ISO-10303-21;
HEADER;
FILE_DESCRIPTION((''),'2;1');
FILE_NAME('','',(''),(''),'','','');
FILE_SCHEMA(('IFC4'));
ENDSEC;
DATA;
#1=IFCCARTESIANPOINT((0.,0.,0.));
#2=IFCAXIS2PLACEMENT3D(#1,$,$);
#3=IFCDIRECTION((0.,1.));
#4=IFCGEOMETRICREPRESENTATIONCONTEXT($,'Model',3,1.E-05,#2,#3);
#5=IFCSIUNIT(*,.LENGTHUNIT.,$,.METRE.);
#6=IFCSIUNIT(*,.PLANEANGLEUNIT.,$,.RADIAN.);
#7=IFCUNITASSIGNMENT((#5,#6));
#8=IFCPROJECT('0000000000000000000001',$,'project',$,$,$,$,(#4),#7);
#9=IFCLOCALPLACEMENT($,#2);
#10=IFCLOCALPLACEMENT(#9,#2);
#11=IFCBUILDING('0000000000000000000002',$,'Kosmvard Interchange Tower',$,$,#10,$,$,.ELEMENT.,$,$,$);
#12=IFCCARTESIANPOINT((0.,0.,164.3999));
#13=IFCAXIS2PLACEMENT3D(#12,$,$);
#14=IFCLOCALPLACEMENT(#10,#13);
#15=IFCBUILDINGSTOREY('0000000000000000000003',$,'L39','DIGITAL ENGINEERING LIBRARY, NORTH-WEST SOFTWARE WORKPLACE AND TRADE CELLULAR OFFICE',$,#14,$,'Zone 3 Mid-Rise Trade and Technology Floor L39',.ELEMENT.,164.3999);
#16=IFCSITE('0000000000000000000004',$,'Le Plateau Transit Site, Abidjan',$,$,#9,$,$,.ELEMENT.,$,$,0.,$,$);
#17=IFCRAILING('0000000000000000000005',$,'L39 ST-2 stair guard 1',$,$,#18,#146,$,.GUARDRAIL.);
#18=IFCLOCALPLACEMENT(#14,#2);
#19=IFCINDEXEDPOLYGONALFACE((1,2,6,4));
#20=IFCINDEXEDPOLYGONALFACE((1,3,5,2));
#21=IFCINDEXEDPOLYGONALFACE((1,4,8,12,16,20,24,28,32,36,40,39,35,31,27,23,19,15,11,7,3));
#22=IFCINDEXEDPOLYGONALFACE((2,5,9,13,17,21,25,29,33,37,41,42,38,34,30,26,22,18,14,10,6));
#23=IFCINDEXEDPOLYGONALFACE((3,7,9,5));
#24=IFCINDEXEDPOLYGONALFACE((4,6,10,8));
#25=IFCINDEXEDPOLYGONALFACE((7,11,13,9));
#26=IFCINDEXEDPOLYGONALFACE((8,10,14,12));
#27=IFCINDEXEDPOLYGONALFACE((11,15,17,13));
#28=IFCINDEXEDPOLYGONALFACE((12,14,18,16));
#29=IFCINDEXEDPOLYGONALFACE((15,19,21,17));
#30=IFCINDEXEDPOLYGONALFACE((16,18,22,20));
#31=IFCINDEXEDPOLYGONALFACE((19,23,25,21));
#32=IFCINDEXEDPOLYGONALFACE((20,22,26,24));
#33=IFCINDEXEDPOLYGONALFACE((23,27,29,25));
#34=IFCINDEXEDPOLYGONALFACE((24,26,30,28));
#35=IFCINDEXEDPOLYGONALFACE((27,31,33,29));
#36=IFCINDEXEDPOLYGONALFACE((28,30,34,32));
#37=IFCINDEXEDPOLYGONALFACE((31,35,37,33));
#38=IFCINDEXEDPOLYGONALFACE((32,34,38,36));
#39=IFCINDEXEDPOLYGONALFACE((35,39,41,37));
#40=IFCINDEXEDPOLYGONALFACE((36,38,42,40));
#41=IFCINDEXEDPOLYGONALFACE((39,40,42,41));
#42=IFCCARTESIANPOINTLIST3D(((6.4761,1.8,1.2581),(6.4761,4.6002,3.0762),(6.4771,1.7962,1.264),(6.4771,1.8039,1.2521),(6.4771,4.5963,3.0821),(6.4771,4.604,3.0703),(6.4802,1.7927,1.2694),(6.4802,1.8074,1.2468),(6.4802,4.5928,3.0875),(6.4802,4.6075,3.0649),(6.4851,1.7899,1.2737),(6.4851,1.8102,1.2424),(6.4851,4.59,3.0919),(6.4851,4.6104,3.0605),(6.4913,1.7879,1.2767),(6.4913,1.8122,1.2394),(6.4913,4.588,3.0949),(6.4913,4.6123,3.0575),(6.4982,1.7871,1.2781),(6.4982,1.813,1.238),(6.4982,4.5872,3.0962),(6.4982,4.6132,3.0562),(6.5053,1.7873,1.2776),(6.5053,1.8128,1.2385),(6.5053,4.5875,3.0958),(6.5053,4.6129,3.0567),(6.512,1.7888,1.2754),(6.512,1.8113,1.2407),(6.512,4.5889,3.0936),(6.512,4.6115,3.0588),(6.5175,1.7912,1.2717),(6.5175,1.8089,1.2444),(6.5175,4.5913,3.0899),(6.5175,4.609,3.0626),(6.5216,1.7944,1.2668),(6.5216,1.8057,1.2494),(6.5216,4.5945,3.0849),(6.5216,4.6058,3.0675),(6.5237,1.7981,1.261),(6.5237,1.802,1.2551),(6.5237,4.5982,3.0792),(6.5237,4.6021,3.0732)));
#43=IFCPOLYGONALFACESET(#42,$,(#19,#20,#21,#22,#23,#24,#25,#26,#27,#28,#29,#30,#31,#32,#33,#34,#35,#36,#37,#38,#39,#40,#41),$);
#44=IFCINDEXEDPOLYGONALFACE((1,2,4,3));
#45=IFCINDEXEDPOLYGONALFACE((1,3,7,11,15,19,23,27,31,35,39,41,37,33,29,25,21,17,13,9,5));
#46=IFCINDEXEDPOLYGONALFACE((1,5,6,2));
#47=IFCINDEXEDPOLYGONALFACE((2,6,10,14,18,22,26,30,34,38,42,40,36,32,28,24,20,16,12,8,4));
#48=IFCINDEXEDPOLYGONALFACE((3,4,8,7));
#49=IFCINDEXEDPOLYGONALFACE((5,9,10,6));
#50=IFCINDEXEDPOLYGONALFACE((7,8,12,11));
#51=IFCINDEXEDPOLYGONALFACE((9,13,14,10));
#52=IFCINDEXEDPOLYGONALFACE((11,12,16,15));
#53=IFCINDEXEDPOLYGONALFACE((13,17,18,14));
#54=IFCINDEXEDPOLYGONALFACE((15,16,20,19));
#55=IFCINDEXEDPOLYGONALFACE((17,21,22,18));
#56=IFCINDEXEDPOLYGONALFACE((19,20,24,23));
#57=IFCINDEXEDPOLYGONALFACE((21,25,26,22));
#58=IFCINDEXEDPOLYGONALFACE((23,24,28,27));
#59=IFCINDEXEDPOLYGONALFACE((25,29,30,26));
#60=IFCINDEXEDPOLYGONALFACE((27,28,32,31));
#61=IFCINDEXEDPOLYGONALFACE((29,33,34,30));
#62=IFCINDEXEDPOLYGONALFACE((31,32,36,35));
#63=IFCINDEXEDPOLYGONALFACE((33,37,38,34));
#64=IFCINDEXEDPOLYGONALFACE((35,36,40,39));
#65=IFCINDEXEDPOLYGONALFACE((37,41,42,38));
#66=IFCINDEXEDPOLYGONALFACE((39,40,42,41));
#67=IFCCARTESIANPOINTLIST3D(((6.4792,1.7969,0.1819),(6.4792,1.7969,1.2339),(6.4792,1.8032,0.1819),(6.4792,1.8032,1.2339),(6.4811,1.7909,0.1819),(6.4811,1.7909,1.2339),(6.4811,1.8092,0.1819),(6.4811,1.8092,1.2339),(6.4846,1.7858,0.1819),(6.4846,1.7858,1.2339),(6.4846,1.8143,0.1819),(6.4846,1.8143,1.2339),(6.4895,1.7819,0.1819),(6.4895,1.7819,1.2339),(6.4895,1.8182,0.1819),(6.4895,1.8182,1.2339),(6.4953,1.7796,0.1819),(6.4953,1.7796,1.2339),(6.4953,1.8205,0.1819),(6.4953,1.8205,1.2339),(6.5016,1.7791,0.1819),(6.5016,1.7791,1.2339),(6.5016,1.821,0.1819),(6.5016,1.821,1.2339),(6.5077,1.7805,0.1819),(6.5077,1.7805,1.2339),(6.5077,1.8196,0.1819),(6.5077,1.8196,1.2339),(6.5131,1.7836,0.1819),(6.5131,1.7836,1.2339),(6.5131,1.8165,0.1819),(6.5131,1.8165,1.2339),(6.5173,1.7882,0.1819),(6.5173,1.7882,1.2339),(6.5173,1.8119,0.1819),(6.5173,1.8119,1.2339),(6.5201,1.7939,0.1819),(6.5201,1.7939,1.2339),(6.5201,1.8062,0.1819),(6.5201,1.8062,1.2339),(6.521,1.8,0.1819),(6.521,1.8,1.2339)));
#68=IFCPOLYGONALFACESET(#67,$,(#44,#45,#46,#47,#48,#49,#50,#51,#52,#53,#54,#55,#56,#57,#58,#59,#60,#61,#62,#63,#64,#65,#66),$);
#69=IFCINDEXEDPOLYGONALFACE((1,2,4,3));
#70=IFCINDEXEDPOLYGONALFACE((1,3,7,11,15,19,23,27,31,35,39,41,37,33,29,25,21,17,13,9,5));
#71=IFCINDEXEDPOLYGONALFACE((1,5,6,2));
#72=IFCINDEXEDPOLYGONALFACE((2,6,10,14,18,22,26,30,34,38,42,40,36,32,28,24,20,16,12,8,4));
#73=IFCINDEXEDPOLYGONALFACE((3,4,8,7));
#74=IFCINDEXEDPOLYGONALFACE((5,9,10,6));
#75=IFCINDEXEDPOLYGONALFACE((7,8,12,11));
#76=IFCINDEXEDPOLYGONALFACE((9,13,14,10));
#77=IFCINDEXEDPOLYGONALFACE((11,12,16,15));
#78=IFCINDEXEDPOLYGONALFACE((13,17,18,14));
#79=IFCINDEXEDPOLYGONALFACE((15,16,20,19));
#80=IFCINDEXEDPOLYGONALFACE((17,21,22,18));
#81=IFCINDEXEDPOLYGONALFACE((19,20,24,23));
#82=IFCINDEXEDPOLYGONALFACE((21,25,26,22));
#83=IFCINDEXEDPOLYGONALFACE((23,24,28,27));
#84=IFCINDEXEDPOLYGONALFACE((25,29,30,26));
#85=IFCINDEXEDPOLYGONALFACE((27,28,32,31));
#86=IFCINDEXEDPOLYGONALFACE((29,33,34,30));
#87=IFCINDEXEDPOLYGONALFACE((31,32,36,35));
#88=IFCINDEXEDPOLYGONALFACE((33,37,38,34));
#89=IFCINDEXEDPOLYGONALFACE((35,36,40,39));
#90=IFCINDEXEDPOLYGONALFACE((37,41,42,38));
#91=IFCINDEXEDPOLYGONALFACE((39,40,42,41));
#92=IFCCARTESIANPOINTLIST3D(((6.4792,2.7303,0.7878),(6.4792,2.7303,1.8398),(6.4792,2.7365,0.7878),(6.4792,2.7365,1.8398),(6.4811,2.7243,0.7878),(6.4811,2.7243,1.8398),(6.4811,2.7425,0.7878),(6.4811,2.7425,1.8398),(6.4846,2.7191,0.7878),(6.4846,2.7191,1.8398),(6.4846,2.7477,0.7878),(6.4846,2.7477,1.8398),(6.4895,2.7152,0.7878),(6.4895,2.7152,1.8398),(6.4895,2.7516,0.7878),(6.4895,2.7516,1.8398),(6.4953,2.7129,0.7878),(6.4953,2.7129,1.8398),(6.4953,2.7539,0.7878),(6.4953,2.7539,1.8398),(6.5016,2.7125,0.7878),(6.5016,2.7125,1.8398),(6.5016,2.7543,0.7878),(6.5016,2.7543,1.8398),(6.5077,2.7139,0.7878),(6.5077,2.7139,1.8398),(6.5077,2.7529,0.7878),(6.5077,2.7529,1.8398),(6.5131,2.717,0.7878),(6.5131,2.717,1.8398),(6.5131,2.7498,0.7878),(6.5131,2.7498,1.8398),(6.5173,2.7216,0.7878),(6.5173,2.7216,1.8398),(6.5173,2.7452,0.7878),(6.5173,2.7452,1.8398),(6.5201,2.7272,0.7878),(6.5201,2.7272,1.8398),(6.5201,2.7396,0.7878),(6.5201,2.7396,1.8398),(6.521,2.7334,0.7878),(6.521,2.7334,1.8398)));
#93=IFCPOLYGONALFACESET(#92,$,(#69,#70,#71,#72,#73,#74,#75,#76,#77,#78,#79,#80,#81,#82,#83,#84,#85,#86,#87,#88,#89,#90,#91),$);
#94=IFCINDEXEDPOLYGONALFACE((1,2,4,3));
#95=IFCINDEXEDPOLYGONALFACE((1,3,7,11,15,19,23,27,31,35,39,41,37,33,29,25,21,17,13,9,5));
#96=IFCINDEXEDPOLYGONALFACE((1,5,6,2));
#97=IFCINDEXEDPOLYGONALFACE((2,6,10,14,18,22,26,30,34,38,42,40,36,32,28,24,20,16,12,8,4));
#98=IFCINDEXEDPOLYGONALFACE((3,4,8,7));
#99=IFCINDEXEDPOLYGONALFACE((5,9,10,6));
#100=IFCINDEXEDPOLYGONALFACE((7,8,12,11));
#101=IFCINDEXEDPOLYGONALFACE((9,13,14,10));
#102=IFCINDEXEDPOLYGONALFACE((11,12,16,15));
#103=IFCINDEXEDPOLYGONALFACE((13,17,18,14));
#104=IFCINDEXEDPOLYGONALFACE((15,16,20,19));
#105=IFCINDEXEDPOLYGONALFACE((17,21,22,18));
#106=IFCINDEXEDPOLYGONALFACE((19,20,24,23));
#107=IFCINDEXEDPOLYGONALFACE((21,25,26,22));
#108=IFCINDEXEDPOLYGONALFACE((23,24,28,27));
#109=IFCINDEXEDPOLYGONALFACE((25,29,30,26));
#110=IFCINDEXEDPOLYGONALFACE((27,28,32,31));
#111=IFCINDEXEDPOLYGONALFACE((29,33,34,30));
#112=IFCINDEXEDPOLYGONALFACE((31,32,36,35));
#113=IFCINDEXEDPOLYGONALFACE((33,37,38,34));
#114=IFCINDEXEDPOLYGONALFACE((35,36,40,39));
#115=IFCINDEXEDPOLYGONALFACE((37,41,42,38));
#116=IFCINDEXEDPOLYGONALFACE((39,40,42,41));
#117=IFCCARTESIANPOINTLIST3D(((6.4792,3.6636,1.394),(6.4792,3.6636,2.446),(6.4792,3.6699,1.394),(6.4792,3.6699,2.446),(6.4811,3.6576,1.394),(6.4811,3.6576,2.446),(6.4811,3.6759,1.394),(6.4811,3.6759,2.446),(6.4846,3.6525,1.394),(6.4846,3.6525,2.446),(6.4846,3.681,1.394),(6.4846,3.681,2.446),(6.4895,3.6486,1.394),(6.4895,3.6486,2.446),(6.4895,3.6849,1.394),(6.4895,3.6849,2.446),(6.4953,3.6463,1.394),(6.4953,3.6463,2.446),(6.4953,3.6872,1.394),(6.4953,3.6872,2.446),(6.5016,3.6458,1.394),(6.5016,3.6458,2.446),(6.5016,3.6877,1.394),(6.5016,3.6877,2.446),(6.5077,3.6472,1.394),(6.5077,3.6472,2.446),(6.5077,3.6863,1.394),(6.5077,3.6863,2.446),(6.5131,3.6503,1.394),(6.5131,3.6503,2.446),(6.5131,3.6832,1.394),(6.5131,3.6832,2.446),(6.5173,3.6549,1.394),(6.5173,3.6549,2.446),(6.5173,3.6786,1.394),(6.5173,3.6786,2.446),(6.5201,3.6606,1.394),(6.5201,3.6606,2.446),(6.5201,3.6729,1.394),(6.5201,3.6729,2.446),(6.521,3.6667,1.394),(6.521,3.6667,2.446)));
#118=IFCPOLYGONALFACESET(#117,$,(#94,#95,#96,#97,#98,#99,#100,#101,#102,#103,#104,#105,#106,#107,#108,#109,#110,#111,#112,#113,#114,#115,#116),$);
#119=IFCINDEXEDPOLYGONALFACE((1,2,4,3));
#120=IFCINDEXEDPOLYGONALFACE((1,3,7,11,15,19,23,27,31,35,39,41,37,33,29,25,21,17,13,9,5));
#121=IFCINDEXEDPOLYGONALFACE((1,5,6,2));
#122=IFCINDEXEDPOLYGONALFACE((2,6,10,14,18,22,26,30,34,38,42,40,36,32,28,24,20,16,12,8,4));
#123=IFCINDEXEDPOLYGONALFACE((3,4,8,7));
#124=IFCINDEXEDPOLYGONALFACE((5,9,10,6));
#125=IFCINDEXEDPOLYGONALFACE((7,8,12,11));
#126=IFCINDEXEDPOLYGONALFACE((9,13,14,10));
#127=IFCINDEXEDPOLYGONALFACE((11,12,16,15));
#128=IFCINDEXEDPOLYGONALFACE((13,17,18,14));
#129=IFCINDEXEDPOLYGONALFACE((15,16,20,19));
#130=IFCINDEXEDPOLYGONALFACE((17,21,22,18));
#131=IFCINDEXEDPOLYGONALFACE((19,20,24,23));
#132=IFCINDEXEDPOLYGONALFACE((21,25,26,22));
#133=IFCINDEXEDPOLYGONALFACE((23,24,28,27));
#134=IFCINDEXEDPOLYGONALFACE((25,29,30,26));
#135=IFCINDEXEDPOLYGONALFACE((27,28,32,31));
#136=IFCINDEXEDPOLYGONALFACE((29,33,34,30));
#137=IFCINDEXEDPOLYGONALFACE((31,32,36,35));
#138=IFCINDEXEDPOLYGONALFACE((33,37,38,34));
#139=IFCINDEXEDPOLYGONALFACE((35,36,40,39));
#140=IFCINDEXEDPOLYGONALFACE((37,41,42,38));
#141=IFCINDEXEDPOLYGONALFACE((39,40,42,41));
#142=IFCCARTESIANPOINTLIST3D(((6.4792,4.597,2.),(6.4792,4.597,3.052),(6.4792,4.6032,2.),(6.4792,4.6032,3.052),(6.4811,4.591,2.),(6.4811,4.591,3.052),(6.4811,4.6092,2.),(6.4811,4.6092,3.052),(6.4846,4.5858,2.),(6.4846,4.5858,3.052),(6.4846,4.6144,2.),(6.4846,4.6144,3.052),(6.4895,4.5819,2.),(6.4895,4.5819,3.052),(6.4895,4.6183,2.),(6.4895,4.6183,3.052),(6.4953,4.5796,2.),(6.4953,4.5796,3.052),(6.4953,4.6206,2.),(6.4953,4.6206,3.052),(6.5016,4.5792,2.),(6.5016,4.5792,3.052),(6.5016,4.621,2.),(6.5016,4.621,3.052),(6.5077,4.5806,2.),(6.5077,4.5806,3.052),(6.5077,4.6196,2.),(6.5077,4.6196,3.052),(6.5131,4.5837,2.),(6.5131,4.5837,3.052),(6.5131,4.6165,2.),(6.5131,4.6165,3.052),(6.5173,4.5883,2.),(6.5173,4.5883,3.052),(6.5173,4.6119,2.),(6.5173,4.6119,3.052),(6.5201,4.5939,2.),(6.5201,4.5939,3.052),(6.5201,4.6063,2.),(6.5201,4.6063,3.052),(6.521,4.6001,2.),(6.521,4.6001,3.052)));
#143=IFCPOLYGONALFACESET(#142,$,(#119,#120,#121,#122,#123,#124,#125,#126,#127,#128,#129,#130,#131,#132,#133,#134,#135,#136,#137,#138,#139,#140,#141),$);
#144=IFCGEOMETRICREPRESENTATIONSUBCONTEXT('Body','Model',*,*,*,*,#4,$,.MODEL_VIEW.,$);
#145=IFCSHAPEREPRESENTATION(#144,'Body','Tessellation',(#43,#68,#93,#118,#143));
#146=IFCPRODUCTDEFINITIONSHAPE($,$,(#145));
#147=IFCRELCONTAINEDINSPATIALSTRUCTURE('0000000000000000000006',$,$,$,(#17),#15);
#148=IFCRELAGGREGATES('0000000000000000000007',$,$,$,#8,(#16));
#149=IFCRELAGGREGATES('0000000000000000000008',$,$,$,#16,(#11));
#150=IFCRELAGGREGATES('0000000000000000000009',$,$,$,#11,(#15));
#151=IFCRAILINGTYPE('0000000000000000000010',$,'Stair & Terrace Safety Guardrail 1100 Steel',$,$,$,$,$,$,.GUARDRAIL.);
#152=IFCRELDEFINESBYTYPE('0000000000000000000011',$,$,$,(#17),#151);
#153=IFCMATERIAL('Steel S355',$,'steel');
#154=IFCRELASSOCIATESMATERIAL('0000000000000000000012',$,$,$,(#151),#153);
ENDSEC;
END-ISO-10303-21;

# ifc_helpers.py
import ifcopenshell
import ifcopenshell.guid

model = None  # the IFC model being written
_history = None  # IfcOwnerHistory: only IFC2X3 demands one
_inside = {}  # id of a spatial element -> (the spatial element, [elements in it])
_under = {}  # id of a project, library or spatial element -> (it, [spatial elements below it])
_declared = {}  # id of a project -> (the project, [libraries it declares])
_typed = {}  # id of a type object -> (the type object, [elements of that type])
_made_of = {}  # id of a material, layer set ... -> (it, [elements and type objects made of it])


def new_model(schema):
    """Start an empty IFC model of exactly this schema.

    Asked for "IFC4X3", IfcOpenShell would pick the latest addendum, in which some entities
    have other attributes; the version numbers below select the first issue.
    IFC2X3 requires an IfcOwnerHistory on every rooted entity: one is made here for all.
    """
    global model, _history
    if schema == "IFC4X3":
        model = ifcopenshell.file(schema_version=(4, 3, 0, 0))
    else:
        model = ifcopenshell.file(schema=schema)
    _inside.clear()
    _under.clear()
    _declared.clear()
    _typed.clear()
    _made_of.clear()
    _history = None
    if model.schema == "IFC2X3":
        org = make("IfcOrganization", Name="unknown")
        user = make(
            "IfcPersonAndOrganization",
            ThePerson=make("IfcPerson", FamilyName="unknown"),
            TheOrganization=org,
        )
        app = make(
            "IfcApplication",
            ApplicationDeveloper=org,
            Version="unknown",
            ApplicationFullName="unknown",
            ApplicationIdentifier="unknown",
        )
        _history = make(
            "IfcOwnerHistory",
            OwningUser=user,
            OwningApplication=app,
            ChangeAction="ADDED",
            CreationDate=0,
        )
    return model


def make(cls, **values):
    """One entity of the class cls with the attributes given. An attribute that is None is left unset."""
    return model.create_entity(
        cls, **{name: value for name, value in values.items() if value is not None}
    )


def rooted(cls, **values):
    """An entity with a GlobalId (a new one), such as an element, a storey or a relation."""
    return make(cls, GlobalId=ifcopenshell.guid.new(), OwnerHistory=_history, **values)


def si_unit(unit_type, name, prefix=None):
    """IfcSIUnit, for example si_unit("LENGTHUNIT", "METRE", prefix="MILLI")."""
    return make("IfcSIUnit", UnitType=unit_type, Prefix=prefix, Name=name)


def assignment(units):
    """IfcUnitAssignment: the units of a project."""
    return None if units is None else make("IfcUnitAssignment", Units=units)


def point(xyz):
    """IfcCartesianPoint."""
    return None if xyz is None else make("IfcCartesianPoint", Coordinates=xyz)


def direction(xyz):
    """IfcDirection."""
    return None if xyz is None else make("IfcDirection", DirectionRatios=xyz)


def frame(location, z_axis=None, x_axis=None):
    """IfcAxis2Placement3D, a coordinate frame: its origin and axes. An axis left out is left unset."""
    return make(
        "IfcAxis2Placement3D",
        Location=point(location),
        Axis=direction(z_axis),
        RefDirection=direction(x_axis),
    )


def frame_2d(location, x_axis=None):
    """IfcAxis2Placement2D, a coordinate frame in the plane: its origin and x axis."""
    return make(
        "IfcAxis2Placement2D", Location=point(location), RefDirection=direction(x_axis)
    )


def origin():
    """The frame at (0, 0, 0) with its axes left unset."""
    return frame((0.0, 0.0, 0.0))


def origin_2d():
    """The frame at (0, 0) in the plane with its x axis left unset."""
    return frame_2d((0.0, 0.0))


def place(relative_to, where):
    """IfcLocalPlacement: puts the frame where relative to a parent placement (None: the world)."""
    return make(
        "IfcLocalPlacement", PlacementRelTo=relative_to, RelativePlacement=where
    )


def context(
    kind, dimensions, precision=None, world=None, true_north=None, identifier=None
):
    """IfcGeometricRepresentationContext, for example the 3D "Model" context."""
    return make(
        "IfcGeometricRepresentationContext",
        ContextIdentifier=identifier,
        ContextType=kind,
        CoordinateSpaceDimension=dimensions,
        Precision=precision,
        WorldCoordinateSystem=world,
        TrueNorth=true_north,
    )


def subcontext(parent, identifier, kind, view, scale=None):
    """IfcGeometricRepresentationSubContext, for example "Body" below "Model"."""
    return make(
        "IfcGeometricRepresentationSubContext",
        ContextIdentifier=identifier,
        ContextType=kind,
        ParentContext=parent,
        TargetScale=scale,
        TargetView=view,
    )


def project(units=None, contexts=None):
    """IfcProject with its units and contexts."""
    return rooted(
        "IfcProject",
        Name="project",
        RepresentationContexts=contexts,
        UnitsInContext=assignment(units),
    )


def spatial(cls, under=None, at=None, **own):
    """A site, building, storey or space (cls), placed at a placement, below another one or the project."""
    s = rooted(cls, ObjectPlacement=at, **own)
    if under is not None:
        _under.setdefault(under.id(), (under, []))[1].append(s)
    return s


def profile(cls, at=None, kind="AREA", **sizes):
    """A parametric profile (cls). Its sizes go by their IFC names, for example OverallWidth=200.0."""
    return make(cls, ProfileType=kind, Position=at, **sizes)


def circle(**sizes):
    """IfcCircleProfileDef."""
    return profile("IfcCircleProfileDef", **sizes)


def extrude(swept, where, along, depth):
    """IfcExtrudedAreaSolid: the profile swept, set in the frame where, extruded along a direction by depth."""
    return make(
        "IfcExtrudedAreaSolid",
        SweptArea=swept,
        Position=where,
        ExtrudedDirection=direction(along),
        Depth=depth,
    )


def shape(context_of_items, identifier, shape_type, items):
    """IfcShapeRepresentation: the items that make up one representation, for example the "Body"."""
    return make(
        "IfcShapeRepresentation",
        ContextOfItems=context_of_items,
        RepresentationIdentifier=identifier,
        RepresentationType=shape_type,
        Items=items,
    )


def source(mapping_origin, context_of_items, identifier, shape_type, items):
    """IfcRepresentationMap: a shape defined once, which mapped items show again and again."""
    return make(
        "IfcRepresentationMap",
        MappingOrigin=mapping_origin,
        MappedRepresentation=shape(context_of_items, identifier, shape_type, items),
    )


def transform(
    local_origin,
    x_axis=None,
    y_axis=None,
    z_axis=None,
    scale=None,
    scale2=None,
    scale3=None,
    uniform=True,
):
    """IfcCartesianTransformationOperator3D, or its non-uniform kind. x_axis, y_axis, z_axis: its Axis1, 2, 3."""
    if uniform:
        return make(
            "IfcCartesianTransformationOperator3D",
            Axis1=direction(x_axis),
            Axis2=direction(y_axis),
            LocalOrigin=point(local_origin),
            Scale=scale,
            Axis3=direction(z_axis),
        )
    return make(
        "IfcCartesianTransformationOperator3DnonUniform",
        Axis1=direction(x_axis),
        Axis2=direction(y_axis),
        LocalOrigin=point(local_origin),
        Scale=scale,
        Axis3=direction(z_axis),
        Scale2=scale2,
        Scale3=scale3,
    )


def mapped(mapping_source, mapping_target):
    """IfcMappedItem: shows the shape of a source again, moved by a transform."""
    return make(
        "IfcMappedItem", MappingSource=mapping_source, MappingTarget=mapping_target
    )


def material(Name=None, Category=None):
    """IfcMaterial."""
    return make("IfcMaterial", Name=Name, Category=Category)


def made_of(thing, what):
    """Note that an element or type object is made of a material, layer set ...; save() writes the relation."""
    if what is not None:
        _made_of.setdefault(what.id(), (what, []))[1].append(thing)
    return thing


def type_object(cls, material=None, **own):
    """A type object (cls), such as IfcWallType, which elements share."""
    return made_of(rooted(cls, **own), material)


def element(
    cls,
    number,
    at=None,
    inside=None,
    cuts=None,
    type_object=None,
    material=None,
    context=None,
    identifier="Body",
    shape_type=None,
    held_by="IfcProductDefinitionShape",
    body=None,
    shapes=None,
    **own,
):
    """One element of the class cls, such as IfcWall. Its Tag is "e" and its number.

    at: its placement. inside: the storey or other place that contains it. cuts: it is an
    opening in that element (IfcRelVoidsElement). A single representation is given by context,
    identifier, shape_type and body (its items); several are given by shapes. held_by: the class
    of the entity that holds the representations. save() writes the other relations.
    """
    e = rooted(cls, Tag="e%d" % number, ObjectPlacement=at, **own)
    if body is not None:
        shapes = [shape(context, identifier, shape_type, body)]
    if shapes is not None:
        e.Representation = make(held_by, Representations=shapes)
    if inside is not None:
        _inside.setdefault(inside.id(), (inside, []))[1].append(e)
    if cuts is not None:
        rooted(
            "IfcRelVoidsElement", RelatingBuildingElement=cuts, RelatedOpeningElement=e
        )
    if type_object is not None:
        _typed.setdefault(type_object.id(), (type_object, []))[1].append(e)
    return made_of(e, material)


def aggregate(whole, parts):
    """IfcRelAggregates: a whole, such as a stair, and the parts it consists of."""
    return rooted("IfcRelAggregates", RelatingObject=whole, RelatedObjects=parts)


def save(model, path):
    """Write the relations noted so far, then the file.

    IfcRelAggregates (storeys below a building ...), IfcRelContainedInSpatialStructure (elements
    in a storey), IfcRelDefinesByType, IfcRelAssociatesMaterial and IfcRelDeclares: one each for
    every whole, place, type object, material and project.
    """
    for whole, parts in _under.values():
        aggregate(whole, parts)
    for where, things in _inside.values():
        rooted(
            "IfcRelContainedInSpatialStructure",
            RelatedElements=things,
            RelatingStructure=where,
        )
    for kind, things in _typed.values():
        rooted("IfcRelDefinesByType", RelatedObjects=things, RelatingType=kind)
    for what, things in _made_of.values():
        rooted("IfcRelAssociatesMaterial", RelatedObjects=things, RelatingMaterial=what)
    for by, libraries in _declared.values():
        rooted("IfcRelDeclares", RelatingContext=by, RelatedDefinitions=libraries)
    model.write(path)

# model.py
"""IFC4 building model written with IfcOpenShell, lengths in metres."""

from ifc_helpers import new_model, si_unit, direction, frame, origin, origin_2d, place, context, subcontext, project, spatial, circle, extrude, source, transform, mapped, material, type_object, element, save


model = new_model("IFC4")

# Units and contexts
model_context = context("Model", 3, precision=1e-05, world=origin(), true_north=direction((0.0, 1.0)))
body_context = subcontext(model_context, "Body", "Model", "MODEL_VIEW")
ifc_project = project(units=[si_unit("LENGTHUNIT", "METRE"), si_unit("PLANEANGLEUNIT", "RADIAN")], contexts=[model_context])

# Site, building, storey
site_placement = place(None, origin())
site = spatial("IfcSite", under=ifc_project, at=site_placement, Name="Le Plateau Transit Site, Abidjan", CompositionType="ELEMENT", RefElevation=0.0)
building_placement = place(site_placement, origin())
building = spatial("IfcBuilding", under=site, at=building_placement, Name="Kosmvard Interchange Tower", CompositionType="ELEMENT")
storey_placement = place(building_placement, frame((0.0, 0.0, 164.3999)))
storey = spatial("IfcBuildingStorey", under=building, at=storey_placement, Name="L39", Description="DIGITAL ENGINEERING LIBRARY, NORTH-WEST SOFTWARE WORKPLACE AND TRADE CELLULAR OFFICE", LongName="Zone 3 Mid-Rise Trade and Technology Floor L39", CompositionType="ELEMENT", Elevation=164.3999)

# Railing
ifc_material_1 = material(Name="Steel S355", Category="steel")
railing_type_1 = type_object("IfcRailingType", Name="Stair & Terrace Safety Guardrail 1100 Steel", PredefinedType="GUARDRAIL", material=ifc_material_1)
shared_shape_1 = source(origin(), body_context, "Body", "SweptSolid", [
    extrude(circle(Radius=0.0239, at=origin_2d()), frame((0.0, 0.0, 1.0762), z_axis=(0.0, 0.838706, 0.544585), x_axis=(-1.0, 0.0, 0.0)), (0.0, 0.0, 1.0), 3.3386),
    extrude(circle(Radius=0.021, at=origin_2d()), origin(), (0.0, 0.0, 1.0), 1.052),
    extrude(circle(Radius=0.021, at=origin_2d()), frame((0.0, 0.9333, 0.606)), (0.0, 0.0, 1.0), 1.052),
    extrude(circle(Radius=0.021, at=origin_2d()), frame((0.0, 1.8667, 1.2122)), (0.0, 0.0, 1.0), 1.052),
    extrude(circle(Radius=0.021, at=origin_2d()), frame((0.0, 2.8, 1.8181)), (0.0, 0.0, 1.0), 1.052),
])
railing_1_placement = place(storey_placement, frame((6.5, 1.8, 0.1819)))
element("IfcRailing", 1, at=railing_1_placement, inside=storey, type_object=railing_type_1, Name="L39 ST-2 stair guard 1", PredefinedType="GUARDRAIL", context=body_context, shape_type="MappedRepresentation", body=[
    mapped(shared_shape_1, transform((0.0, 0.0, 0.0), scale=1.0)),
])

save(model, "model.ifc")
